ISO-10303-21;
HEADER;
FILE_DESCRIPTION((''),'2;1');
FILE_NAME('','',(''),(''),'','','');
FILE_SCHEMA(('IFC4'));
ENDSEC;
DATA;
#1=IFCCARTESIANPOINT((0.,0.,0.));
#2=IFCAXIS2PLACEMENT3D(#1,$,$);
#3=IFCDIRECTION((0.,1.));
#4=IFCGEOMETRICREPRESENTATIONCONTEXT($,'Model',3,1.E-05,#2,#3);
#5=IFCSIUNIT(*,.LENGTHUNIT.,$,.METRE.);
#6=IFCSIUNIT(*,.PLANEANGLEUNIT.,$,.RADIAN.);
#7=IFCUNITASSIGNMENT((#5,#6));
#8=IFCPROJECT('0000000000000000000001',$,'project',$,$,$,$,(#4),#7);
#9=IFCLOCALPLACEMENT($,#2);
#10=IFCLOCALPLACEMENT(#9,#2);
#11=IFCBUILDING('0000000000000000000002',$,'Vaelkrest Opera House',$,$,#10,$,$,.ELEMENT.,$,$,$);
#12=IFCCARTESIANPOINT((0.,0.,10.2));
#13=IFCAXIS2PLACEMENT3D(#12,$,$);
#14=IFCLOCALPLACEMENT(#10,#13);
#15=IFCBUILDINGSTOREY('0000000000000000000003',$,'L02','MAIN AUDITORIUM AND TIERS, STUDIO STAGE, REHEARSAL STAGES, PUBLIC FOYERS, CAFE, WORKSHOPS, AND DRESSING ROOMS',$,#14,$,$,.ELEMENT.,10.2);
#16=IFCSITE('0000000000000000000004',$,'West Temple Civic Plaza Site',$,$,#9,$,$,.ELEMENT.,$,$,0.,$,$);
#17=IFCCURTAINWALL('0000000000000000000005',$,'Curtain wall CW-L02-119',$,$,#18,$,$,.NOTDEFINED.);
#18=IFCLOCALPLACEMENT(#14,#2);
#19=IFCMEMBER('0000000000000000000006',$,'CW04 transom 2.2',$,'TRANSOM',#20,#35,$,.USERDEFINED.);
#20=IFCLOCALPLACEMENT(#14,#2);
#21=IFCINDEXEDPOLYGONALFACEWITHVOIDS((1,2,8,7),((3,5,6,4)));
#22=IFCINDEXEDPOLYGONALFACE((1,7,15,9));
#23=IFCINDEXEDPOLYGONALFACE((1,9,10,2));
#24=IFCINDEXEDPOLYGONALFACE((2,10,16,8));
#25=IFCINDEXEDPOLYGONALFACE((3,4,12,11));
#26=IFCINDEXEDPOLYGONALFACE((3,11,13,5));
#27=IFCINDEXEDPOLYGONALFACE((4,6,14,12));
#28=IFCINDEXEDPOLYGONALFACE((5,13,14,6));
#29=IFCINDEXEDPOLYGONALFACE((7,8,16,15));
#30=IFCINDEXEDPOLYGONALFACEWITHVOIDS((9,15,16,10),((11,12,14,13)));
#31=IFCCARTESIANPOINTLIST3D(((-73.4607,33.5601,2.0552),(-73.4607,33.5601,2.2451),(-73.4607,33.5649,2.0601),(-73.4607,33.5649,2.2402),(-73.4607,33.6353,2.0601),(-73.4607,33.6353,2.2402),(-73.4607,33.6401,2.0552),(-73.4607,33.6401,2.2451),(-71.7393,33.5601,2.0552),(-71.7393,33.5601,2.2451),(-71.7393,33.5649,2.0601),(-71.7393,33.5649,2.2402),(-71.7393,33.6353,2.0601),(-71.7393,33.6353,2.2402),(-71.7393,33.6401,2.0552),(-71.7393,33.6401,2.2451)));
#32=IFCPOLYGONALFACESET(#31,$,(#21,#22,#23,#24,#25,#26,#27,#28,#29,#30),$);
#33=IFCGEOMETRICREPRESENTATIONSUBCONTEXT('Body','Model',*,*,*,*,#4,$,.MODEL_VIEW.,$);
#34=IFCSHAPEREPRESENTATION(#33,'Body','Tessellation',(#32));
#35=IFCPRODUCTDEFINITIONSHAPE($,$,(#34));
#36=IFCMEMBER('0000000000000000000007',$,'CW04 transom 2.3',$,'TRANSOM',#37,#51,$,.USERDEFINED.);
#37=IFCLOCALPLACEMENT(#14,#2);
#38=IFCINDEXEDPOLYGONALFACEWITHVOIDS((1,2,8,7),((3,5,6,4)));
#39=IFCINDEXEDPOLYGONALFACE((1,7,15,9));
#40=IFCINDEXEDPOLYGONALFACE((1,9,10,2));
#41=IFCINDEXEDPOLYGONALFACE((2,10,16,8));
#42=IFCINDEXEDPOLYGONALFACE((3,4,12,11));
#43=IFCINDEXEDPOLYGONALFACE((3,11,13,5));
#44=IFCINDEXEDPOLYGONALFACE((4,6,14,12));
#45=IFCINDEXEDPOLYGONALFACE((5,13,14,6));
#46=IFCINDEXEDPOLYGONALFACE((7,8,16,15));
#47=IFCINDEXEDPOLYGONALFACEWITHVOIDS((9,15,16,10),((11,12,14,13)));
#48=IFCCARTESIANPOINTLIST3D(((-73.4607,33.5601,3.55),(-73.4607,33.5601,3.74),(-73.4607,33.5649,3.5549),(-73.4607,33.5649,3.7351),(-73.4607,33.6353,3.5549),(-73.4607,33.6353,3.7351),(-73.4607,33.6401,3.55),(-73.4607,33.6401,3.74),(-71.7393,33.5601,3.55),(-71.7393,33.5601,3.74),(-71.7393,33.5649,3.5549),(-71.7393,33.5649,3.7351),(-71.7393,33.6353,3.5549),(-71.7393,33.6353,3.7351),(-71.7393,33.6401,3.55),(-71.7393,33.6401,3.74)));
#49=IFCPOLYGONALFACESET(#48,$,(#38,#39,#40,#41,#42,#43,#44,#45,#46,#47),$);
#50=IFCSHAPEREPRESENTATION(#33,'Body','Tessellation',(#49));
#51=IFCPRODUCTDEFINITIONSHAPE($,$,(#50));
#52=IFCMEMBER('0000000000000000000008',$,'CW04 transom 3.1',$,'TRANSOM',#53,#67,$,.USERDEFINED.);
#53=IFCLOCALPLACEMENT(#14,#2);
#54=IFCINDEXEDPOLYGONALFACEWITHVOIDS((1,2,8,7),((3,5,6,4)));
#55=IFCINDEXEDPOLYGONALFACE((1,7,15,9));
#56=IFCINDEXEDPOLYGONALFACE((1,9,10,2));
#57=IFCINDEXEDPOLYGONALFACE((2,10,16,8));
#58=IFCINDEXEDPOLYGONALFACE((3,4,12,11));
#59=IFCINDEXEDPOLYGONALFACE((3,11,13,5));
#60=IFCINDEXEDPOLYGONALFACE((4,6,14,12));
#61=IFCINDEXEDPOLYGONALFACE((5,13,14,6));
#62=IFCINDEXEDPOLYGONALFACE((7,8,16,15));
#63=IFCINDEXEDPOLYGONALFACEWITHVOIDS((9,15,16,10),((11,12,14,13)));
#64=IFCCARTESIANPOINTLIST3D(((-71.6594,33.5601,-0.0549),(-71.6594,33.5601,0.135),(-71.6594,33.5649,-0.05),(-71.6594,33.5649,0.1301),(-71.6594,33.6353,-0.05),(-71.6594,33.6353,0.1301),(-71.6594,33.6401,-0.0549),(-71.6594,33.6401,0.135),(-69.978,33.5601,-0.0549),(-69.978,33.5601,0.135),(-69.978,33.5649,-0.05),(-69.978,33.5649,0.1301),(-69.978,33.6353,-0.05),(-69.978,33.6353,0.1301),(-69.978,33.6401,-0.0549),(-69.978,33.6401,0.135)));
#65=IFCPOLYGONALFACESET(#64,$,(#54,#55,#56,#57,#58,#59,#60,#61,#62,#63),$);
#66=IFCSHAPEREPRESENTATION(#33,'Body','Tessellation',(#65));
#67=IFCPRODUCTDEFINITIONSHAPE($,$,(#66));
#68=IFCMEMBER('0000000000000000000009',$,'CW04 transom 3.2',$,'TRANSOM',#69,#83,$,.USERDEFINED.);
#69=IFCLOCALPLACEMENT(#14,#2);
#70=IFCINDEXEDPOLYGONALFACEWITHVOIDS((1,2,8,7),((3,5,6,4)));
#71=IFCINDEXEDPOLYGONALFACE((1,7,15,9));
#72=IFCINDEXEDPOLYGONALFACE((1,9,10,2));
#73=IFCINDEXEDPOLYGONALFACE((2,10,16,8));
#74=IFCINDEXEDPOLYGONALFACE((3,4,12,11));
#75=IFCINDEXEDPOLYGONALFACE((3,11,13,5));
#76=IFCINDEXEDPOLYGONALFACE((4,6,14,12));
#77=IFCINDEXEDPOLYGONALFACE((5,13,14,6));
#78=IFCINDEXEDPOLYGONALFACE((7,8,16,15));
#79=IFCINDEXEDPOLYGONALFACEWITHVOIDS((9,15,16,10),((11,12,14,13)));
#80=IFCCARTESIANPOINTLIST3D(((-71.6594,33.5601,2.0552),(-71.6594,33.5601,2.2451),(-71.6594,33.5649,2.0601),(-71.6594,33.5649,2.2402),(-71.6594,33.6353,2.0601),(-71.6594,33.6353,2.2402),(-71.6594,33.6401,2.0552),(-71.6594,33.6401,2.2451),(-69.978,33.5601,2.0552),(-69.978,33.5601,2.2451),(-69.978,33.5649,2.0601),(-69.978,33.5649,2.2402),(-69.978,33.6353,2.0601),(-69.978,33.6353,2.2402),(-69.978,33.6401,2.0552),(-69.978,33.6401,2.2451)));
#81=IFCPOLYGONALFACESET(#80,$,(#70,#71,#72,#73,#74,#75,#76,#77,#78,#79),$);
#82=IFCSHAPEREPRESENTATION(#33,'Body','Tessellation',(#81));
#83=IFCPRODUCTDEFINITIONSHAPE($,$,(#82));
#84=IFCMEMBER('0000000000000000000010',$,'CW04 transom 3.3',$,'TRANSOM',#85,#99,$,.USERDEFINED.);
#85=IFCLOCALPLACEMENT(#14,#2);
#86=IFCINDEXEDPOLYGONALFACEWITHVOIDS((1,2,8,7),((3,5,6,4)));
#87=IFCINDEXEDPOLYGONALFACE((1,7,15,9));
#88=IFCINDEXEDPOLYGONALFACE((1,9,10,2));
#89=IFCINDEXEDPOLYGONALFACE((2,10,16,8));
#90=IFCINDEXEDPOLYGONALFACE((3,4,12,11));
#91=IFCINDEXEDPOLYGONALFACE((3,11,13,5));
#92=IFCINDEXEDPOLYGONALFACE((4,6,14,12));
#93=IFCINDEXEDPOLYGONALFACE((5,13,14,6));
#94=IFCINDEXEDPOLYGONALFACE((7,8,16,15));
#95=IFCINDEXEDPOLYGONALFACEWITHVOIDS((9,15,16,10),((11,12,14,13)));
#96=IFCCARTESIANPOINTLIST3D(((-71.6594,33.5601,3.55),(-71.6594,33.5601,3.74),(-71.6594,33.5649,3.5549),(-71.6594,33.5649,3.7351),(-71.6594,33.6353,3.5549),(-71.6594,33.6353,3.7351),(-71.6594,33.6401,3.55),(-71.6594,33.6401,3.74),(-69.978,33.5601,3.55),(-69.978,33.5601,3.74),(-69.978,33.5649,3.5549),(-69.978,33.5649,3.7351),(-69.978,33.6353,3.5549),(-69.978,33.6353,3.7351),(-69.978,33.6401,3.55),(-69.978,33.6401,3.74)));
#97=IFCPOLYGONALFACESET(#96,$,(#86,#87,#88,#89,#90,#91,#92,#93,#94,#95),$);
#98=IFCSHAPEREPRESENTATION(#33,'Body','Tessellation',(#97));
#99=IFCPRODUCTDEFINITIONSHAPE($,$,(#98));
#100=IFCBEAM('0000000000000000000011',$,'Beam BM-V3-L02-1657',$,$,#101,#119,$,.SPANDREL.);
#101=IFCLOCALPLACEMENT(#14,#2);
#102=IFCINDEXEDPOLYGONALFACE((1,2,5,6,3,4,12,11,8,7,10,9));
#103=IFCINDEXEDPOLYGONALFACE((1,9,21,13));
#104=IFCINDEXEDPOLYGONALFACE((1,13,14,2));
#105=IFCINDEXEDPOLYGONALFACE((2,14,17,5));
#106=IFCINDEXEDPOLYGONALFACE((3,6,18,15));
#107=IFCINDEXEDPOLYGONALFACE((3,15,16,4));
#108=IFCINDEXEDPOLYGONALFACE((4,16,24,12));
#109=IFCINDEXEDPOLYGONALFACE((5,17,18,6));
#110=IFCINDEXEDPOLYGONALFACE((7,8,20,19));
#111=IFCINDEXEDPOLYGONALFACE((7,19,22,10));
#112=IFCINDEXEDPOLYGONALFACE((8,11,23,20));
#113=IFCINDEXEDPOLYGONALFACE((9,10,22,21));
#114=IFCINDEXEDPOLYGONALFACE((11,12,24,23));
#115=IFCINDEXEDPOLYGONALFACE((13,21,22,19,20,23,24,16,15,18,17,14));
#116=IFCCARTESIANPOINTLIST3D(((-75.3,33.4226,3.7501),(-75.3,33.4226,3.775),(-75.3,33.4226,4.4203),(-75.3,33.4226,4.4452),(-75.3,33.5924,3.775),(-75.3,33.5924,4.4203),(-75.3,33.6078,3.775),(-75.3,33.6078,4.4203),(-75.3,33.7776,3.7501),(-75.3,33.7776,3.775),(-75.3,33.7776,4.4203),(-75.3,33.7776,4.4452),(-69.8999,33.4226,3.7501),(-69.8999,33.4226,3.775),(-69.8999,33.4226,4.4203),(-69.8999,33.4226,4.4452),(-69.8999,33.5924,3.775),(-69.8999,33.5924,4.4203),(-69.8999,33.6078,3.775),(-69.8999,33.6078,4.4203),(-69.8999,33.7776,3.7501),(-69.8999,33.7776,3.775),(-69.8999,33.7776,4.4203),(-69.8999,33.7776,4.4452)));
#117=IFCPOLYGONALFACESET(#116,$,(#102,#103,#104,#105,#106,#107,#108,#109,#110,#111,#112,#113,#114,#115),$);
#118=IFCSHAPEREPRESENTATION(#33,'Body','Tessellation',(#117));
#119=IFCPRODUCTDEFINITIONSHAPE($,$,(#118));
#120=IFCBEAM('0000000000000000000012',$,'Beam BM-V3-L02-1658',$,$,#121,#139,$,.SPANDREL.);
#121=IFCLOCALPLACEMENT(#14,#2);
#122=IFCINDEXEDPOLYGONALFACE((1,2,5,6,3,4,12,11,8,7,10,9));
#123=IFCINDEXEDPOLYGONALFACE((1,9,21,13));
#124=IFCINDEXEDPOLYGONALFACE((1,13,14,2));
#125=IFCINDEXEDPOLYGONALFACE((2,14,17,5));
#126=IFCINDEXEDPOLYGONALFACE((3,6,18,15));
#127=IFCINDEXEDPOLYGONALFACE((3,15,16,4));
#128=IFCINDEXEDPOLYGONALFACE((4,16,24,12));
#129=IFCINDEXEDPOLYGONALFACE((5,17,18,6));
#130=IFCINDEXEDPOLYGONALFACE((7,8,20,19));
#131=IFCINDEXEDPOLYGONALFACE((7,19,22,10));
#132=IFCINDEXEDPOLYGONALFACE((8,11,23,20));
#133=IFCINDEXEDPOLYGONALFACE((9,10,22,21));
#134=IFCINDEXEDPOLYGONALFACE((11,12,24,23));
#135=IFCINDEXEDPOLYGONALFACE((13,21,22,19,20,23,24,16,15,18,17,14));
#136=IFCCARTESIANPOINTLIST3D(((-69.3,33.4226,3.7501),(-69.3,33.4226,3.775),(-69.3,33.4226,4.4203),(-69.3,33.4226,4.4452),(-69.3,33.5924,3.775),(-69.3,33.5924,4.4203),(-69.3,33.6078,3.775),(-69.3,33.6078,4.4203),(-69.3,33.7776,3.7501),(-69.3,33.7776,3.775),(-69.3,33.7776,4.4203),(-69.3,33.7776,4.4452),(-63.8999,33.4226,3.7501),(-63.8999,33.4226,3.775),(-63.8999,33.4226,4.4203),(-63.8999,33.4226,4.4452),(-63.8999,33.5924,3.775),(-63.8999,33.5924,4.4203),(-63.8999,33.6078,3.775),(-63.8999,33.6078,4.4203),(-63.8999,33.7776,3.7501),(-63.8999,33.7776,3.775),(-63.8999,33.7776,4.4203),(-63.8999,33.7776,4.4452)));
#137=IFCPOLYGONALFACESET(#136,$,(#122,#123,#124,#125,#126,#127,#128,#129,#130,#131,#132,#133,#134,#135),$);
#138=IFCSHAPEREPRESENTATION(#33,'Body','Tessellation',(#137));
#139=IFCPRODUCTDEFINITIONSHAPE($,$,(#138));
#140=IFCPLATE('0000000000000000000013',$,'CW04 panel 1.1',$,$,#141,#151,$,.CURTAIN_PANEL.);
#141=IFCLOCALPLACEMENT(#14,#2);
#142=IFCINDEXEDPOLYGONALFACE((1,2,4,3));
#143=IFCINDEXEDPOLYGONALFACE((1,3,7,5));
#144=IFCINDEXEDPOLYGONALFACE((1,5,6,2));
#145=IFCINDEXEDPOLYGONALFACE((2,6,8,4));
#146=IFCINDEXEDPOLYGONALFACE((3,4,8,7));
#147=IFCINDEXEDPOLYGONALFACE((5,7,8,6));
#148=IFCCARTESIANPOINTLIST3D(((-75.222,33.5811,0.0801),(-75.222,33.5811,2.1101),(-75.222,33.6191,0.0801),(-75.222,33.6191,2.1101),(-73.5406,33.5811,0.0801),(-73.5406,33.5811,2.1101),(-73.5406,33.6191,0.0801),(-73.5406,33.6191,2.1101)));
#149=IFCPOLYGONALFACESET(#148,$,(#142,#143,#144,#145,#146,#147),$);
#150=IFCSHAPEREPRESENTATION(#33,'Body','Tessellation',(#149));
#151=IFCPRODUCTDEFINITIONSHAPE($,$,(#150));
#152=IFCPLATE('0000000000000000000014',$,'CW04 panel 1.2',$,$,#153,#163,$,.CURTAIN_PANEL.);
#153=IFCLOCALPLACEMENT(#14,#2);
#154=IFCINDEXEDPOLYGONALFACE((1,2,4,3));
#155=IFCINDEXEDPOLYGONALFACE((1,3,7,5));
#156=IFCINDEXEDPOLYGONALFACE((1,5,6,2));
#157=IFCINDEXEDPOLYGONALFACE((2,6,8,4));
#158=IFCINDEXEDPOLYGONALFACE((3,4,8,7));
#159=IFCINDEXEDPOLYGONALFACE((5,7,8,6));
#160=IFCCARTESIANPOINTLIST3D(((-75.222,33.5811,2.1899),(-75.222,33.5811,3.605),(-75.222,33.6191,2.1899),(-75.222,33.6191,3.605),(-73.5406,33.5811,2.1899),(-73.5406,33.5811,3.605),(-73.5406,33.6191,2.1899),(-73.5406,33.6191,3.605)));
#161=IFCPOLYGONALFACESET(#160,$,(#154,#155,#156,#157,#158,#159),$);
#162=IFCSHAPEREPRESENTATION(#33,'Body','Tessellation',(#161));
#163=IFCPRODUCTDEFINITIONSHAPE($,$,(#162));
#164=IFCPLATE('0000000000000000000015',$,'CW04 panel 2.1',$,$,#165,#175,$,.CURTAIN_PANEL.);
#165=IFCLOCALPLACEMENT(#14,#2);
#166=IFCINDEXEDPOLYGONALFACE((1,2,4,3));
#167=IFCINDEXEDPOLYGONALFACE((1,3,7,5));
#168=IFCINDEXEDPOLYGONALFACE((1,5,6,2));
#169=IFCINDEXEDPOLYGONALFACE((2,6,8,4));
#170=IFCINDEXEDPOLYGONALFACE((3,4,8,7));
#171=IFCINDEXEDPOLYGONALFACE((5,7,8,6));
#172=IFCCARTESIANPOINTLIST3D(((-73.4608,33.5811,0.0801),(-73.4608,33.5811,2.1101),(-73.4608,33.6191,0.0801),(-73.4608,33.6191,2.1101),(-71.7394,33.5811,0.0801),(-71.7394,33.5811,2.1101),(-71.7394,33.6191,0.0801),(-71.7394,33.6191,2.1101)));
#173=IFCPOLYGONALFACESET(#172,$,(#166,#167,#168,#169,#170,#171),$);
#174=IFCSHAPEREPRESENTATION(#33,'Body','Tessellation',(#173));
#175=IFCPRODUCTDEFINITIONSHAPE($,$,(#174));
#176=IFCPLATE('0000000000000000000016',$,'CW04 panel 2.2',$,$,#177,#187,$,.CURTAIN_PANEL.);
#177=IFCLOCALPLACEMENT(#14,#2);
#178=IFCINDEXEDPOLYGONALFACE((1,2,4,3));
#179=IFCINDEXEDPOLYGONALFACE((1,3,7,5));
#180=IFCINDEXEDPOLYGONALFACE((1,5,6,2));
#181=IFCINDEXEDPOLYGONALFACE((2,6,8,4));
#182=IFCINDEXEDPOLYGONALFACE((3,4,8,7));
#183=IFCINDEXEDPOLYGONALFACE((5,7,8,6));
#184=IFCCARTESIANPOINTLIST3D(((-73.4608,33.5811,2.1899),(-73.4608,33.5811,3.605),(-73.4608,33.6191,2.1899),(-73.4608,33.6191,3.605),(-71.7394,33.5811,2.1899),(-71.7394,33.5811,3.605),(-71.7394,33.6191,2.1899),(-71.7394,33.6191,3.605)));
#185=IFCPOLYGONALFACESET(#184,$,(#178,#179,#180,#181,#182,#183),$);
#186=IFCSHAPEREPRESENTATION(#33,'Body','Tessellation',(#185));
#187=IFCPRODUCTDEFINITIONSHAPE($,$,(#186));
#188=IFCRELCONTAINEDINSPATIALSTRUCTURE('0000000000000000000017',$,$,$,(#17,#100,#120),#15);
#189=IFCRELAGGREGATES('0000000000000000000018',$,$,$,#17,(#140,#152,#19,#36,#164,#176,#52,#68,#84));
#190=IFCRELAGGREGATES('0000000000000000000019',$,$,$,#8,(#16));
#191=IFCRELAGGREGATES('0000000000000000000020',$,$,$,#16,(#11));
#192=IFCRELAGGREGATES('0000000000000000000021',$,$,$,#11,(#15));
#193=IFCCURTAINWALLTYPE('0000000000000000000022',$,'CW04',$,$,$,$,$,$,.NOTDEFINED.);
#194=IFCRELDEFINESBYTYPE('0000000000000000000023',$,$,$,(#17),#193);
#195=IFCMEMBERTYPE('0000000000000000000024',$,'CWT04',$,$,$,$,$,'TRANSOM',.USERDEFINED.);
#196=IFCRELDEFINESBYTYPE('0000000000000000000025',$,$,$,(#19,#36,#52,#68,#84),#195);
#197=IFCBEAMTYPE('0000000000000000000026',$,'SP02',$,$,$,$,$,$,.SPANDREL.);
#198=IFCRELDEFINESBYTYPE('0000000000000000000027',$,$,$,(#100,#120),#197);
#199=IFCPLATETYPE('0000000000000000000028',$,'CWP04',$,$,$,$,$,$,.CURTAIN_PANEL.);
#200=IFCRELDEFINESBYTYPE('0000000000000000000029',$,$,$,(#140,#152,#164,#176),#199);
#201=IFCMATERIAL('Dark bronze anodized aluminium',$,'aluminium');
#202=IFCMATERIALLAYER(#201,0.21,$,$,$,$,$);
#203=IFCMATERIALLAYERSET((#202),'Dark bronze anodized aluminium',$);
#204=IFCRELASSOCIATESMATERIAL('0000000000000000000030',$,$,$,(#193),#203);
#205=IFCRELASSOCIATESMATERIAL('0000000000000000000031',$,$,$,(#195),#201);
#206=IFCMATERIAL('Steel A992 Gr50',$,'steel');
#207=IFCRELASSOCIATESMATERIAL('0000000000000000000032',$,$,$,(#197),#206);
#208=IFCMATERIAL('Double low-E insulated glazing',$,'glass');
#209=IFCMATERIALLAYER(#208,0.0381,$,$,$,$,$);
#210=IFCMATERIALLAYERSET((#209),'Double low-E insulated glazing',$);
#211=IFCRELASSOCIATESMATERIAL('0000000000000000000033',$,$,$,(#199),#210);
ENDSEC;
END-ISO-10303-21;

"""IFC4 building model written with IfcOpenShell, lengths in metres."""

from ifc_helpers import new_model, si_unit, direction, frame, origin, origin_2d, place, context, subcontext, project, spatial, rectangle, hollow_rectangle, i_section, extrude, material, layer, layer_set, material_profile, profile_set, type_object, element, aggregate, save


model = new_model("IFC4")

# Units and contexts
model_context = context("Model", 3, precision=1e-05, world=origin(), true_north=direction((0.0, 1.0)))
body_context = subcontext(model_context, "Body", "Model", "MODEL_VIEW")
ifc_project = project(units=[si_unit("LENGTHUNIT", "METRE"), si_unit("PLANEANGLEUNIT", "RADIAN")], contexts=[model_context])

# Site, building, storey
site_placement = place(None, origin())
site = spatial("IfcSite", under=ifc_project, at=site_placement, Name="West Temple Civic Plaza Site", CompositionType="ELEMENT", RefElevation=0.0)
building_placement = place(site_placement, origin())
building = spatial("IfcBuilding", under=site, at=building_placement, Name="Vaelkrest Opera House", CompositionType="ELEMENT")
storey_placement = place(building_placement, frame((0.0, 0.0, 10.2)))
storey = spatial("IfcBuildingStorey", under=building, at=storey_placement, Name="L02", Description="MAIN AUDITORIUM AND TIERS, STUDIO STAGE, REHEARSAL STAGES, PUBLIC FOYERS, CAFE, WORKSHOPS, AND DRESSING ROOMS", CompositionType="ELEMENT", Elevation=10.2)

# Shared definitions
ifc_material_1 = material(Name="Dark bronze anodized aluminium", Category="aluminium")

# Curtain wall, members
ifc_layer_1 = layer(ifc_material_1, 0.21)
ifc_layer_set_1 = layer_set([ifc_layer_1], Name="Dark bronze anodized aluminium")
curtain_wall_type_1 = type_object("IfcCurtainWallType", Name="CW04", PredefinedType="NOTDEFINED", material=ifc_layer_set_1)
curtain_wall_1_placement = place(storey_placement, origin())
curtain_wall_1 = element("IfcCurtainWall", 1, at=curtain_wall_1_placement, inside=storey, type_object=curtain_wall_type_1, Name="Curtain wall CW-L02-119", PredefinedType="NOTDEFINED")
ifc_material_profile_1 = material_profile(ifc_material_1, hollow_rectangle(XDim=0.0801, YDim=0.1899, WallThickness=0.0049, at=origin_2d()), Name="CWT80X190")
ifc_profile_set_1 = profile_set([ifc_material_profile_1], Name="Dark bronze anodized aluminium")
member_type_1 = type_object("IfcMemberType", Name="CWT04", ElementType="TRANSOM", PredefinedType="USERDEFINED", material=ifc_profile_set_1)
member_1_placement = place(storey_placement, frame((-73.4607, 33.6001, 2.1501), z_axis=(1.0, 0.0, 0.0), x_axis=(0.0, 1.0, 0.0)))
member_1 = element("IfcMember", 2, at=member_1_placement, type_object=member_type_1, Name="CW04 transom 2.2", ObjectType="TRANSOM", PredefinedType="USERDEFINED", context=body_context, shape_type="SweptSolid", body=[
    extrude(hollow_rectangle(XDim=0.0801, YDim=0.1899, WallThickness=0.0049, at=origin_2d()), origin(), (0.0, 0.0, 1.0), 1.7214),
])
member_2_placement = place(storey_placement, frame((-73.4607, 33.6001, 3.645), z_axis=(1.0, 0.0, 0.0), x_axis=(0.0, 1.0, 0.0)))
member_2 = element("IfcMember", 3, at=member_2_placement, type_object=member_type_1, Name="CW04 transom 2.3", ObjectType="TRANSOM", PredefinedType="USERDEFINED", context=body_context, shape_type="SweptSolid", body=[
    extrude(hollow_rectangle(XDim=0.0801, YDim=0.1899, WallThickness=0.0049, at=origin_2d()), origin(), (0.0, 0.0, 1.0), 1.7214),
])
member_3_placement = place(storey_placement, frame((-71.6594, 33.6001, 0.04), z_axis=(1.0, 0.0, 0.0), x_axis=(0.0, 1.0, 0.0)))
member_3 = element("IfcMember", 4, at=member_3_placement, type_object=member_type_1, Name="CW04 transom 3.1", ObjectType="TRANSOM", PredefinedType="USERDEFINED", context=body_context, shape_type="SweptSolid", body=[
    extrude(hollow_rectangle(XDim=0.0801, YDim=0.1899, WallThickness=0.0049, at=origin_2d()), origin(), (0.0, 0.0, 1.0), 1.6814),
])
member_4_placement = place(storey_placement, frame((-71.6594, 33.6001, 2.1501), z_axis=(1.0, 0.0, 0.0), x_axis=(0.0, 1.0, 0.0)))
member_4 = element("IfcMember", 5, at=member_4_placement, type_object=member_type_1, Name="CW04 transom 3.2", ObjectType="TRANSOM", PredefinedType="USERDEFINED", context=body_context, shape_type="SweptSolid", body=[
    extrude(hollow_rectangle(XDim=0.0801, YDim=0.1899, WallThickness=0.0049, at=origin_2d()), origin(), (0.0, 0.0, 1.0), 1.6814),
])
member_5_placement = place(storey_placement, frame((-71.6594, 33.6001, 3.645), z_axis=(1.0, 0.0, 0.0), x_axis=(0.0, 1.0, 0.0)))
member_5 = element("IfcMember", 6, at=member_5_placement, type_object=member_type_1, Name="CW04 transom 3.3", ObjectType="TRANSOM", PredefinedType="USERDEFINED", context=body_context, shape_type="SweptSolid", body=[
    extrude(hollow_rectangle(XDim=0.0801, YDim=0.1899, WallThickness=0.0049, at=origin_2d()), origin(), (0.0, 0.0, 1.0), 1.6814),
])

# Beams
ifc_material_2 = material(Name="Steel A992 Gr50", Category="steel")
ifc_material_profile_2 = material_profile(ifc_material_2, i_section(OverallWidth=0.355, OverallDepth=0.6951, WebThickness=0.0154, FlangeThickness=0.0249, at=origin_2d()), Name="W27X146")
ifc_profile_set_2 = profile_set([ifc_material_profile_2], Name="Steel A992 Gr50")
beam_type = type_object("IfcBeamType", Name="SP02", PredefinedType="SPANDREL", material=ifc_profile_set_2)
for number, where, z_axis, x_axis, name in (
    (7, (-75.3, 33.6001, 4.0977), (1.0, 0.0, 0.0), (0.0, 1.0, 0.0), "Beam BM-V3-L02-1657"),
    (8, (-69.3, 33.6001, 4.0977), (1.0, 0.0, 0.0), (0.0, 1.0, 0.0), "Beam BM-V3-L02-1658"),
):
    element("IfcBeam", number, at=place(storey_placement, frame(where, z_axis=z_axis, x_axis=x_axis)), inside=storey, type_object=beam_type, Name=name, PredefinedType="SPANDREL", context=body_context, shape_type="SweptSolid", body=[
        extrude(i_section(OverallWidth=0.355, OverallDepth=0.6951, WebThickness=0.0154, FlangeThickness=0.0249, at=origin_2d()), origin(), (0.0, 0.0, 1.0), 5.4001),
    ])

# Plates
ifc_material_3 = material(Name="Double low-E insulated glazing", Category="glass")
ifc_layer_2 = layer(ifc_material_3, 0.0381)
ifc_layer_set_2 = layer_set([ifc_layer_2], Name="Double low-E insulated glazing")
plate_type_1 = type_object("IfcPlateType", Name="CWP04", PredefinedType="CURTAIN_PANEL", material=ifc_layer_set_2)
plate_1_placement = place(storey_placement, frame((-74.3813, 33.6001, 0.0801), z_axis=(0.0, 0.0, 1.0), x_axis=(1.0, 0.0, 0.0)))
plate_1 = element("IfcPlate", 9, at=plate_1_placement, type_object=plate_type_1, Name="CW04 panel 1.1", PredefinedType="CURTAIN_PANEL", context=body_context, shape_type="SweptSolid", body=[
    extrude(rectangle(XDim=1.6814, YDim=0.0381, at=origin_2d()), origin(), (0.0, 0.0, 1.0), 2.03),
])
plate_2_placement = place(storey_placement, frame((-74.3813, 33.6001, 2.1899), z_axis=(0.0, 0.0, 1.0), x_axis=(1.0, 0.0, 0.0)))
plate_2 = element("IfcPlate", 10, at=plate_2_placement, type_object=plate_type_1, Name="CW04 panel 1.2", PredefinedType="CURTAIN_PANEL", context=body_context, shape_type="SweptSolid", body=[
    extrude(rectangle(XDim=1.6814, YDim=0.0381, at=origin_2d()), origin(), (0.0, 0.0, 1.0), 1.415),
])
plate_3_placement = place(storey_placement, frame((-72.6001, 33.6001, 0.0801), z_axis=(0.0, 0.0, 1.0), x_axis=(1.0, 0.0, 0.0)))
plate_3 = element("IfcPlate", 11, at=plate_3_placement, type_object=plate_type_1, Name="CW04 panel 2.1", PredefinedType="CURTAIN_PANEL", context=body_context, shape_type="SweptSolid", body=[
    extrude(rectangle(XDim=1.7214, YDim=0.0381, at=origin_2d()), origin(), (0.0, 0.0, 1.0), 2.03),
])
plate_4_placement = place(storey_placement, frame((-72.6001, 33.6001, 2.1899), z_axis=(0.0, 0.0, 1.0), x_axis=(1.0, 0.0, 0.0)))
plate_4 = element("IfcPlate", 12, at=plate_4_placement, type_object=plate_type_1, Name="CW04 panel 2.2", PredefinedType="CURTAIN_PANEL", context=body_context, shape_type="SweptSolid", body=[
    extrude(rectangle(XDim=1.7214, YDim=0.0381, at=origin_2d()), origin(), (0.0, 0.0, 1.0), 1.415),
])
aggregate(curtain_wall_1, [plate_1, plate_2, member_1, member_2, plate_3, plate_4, member_3, member_4, member_5])

save(model, "model.ifc")
